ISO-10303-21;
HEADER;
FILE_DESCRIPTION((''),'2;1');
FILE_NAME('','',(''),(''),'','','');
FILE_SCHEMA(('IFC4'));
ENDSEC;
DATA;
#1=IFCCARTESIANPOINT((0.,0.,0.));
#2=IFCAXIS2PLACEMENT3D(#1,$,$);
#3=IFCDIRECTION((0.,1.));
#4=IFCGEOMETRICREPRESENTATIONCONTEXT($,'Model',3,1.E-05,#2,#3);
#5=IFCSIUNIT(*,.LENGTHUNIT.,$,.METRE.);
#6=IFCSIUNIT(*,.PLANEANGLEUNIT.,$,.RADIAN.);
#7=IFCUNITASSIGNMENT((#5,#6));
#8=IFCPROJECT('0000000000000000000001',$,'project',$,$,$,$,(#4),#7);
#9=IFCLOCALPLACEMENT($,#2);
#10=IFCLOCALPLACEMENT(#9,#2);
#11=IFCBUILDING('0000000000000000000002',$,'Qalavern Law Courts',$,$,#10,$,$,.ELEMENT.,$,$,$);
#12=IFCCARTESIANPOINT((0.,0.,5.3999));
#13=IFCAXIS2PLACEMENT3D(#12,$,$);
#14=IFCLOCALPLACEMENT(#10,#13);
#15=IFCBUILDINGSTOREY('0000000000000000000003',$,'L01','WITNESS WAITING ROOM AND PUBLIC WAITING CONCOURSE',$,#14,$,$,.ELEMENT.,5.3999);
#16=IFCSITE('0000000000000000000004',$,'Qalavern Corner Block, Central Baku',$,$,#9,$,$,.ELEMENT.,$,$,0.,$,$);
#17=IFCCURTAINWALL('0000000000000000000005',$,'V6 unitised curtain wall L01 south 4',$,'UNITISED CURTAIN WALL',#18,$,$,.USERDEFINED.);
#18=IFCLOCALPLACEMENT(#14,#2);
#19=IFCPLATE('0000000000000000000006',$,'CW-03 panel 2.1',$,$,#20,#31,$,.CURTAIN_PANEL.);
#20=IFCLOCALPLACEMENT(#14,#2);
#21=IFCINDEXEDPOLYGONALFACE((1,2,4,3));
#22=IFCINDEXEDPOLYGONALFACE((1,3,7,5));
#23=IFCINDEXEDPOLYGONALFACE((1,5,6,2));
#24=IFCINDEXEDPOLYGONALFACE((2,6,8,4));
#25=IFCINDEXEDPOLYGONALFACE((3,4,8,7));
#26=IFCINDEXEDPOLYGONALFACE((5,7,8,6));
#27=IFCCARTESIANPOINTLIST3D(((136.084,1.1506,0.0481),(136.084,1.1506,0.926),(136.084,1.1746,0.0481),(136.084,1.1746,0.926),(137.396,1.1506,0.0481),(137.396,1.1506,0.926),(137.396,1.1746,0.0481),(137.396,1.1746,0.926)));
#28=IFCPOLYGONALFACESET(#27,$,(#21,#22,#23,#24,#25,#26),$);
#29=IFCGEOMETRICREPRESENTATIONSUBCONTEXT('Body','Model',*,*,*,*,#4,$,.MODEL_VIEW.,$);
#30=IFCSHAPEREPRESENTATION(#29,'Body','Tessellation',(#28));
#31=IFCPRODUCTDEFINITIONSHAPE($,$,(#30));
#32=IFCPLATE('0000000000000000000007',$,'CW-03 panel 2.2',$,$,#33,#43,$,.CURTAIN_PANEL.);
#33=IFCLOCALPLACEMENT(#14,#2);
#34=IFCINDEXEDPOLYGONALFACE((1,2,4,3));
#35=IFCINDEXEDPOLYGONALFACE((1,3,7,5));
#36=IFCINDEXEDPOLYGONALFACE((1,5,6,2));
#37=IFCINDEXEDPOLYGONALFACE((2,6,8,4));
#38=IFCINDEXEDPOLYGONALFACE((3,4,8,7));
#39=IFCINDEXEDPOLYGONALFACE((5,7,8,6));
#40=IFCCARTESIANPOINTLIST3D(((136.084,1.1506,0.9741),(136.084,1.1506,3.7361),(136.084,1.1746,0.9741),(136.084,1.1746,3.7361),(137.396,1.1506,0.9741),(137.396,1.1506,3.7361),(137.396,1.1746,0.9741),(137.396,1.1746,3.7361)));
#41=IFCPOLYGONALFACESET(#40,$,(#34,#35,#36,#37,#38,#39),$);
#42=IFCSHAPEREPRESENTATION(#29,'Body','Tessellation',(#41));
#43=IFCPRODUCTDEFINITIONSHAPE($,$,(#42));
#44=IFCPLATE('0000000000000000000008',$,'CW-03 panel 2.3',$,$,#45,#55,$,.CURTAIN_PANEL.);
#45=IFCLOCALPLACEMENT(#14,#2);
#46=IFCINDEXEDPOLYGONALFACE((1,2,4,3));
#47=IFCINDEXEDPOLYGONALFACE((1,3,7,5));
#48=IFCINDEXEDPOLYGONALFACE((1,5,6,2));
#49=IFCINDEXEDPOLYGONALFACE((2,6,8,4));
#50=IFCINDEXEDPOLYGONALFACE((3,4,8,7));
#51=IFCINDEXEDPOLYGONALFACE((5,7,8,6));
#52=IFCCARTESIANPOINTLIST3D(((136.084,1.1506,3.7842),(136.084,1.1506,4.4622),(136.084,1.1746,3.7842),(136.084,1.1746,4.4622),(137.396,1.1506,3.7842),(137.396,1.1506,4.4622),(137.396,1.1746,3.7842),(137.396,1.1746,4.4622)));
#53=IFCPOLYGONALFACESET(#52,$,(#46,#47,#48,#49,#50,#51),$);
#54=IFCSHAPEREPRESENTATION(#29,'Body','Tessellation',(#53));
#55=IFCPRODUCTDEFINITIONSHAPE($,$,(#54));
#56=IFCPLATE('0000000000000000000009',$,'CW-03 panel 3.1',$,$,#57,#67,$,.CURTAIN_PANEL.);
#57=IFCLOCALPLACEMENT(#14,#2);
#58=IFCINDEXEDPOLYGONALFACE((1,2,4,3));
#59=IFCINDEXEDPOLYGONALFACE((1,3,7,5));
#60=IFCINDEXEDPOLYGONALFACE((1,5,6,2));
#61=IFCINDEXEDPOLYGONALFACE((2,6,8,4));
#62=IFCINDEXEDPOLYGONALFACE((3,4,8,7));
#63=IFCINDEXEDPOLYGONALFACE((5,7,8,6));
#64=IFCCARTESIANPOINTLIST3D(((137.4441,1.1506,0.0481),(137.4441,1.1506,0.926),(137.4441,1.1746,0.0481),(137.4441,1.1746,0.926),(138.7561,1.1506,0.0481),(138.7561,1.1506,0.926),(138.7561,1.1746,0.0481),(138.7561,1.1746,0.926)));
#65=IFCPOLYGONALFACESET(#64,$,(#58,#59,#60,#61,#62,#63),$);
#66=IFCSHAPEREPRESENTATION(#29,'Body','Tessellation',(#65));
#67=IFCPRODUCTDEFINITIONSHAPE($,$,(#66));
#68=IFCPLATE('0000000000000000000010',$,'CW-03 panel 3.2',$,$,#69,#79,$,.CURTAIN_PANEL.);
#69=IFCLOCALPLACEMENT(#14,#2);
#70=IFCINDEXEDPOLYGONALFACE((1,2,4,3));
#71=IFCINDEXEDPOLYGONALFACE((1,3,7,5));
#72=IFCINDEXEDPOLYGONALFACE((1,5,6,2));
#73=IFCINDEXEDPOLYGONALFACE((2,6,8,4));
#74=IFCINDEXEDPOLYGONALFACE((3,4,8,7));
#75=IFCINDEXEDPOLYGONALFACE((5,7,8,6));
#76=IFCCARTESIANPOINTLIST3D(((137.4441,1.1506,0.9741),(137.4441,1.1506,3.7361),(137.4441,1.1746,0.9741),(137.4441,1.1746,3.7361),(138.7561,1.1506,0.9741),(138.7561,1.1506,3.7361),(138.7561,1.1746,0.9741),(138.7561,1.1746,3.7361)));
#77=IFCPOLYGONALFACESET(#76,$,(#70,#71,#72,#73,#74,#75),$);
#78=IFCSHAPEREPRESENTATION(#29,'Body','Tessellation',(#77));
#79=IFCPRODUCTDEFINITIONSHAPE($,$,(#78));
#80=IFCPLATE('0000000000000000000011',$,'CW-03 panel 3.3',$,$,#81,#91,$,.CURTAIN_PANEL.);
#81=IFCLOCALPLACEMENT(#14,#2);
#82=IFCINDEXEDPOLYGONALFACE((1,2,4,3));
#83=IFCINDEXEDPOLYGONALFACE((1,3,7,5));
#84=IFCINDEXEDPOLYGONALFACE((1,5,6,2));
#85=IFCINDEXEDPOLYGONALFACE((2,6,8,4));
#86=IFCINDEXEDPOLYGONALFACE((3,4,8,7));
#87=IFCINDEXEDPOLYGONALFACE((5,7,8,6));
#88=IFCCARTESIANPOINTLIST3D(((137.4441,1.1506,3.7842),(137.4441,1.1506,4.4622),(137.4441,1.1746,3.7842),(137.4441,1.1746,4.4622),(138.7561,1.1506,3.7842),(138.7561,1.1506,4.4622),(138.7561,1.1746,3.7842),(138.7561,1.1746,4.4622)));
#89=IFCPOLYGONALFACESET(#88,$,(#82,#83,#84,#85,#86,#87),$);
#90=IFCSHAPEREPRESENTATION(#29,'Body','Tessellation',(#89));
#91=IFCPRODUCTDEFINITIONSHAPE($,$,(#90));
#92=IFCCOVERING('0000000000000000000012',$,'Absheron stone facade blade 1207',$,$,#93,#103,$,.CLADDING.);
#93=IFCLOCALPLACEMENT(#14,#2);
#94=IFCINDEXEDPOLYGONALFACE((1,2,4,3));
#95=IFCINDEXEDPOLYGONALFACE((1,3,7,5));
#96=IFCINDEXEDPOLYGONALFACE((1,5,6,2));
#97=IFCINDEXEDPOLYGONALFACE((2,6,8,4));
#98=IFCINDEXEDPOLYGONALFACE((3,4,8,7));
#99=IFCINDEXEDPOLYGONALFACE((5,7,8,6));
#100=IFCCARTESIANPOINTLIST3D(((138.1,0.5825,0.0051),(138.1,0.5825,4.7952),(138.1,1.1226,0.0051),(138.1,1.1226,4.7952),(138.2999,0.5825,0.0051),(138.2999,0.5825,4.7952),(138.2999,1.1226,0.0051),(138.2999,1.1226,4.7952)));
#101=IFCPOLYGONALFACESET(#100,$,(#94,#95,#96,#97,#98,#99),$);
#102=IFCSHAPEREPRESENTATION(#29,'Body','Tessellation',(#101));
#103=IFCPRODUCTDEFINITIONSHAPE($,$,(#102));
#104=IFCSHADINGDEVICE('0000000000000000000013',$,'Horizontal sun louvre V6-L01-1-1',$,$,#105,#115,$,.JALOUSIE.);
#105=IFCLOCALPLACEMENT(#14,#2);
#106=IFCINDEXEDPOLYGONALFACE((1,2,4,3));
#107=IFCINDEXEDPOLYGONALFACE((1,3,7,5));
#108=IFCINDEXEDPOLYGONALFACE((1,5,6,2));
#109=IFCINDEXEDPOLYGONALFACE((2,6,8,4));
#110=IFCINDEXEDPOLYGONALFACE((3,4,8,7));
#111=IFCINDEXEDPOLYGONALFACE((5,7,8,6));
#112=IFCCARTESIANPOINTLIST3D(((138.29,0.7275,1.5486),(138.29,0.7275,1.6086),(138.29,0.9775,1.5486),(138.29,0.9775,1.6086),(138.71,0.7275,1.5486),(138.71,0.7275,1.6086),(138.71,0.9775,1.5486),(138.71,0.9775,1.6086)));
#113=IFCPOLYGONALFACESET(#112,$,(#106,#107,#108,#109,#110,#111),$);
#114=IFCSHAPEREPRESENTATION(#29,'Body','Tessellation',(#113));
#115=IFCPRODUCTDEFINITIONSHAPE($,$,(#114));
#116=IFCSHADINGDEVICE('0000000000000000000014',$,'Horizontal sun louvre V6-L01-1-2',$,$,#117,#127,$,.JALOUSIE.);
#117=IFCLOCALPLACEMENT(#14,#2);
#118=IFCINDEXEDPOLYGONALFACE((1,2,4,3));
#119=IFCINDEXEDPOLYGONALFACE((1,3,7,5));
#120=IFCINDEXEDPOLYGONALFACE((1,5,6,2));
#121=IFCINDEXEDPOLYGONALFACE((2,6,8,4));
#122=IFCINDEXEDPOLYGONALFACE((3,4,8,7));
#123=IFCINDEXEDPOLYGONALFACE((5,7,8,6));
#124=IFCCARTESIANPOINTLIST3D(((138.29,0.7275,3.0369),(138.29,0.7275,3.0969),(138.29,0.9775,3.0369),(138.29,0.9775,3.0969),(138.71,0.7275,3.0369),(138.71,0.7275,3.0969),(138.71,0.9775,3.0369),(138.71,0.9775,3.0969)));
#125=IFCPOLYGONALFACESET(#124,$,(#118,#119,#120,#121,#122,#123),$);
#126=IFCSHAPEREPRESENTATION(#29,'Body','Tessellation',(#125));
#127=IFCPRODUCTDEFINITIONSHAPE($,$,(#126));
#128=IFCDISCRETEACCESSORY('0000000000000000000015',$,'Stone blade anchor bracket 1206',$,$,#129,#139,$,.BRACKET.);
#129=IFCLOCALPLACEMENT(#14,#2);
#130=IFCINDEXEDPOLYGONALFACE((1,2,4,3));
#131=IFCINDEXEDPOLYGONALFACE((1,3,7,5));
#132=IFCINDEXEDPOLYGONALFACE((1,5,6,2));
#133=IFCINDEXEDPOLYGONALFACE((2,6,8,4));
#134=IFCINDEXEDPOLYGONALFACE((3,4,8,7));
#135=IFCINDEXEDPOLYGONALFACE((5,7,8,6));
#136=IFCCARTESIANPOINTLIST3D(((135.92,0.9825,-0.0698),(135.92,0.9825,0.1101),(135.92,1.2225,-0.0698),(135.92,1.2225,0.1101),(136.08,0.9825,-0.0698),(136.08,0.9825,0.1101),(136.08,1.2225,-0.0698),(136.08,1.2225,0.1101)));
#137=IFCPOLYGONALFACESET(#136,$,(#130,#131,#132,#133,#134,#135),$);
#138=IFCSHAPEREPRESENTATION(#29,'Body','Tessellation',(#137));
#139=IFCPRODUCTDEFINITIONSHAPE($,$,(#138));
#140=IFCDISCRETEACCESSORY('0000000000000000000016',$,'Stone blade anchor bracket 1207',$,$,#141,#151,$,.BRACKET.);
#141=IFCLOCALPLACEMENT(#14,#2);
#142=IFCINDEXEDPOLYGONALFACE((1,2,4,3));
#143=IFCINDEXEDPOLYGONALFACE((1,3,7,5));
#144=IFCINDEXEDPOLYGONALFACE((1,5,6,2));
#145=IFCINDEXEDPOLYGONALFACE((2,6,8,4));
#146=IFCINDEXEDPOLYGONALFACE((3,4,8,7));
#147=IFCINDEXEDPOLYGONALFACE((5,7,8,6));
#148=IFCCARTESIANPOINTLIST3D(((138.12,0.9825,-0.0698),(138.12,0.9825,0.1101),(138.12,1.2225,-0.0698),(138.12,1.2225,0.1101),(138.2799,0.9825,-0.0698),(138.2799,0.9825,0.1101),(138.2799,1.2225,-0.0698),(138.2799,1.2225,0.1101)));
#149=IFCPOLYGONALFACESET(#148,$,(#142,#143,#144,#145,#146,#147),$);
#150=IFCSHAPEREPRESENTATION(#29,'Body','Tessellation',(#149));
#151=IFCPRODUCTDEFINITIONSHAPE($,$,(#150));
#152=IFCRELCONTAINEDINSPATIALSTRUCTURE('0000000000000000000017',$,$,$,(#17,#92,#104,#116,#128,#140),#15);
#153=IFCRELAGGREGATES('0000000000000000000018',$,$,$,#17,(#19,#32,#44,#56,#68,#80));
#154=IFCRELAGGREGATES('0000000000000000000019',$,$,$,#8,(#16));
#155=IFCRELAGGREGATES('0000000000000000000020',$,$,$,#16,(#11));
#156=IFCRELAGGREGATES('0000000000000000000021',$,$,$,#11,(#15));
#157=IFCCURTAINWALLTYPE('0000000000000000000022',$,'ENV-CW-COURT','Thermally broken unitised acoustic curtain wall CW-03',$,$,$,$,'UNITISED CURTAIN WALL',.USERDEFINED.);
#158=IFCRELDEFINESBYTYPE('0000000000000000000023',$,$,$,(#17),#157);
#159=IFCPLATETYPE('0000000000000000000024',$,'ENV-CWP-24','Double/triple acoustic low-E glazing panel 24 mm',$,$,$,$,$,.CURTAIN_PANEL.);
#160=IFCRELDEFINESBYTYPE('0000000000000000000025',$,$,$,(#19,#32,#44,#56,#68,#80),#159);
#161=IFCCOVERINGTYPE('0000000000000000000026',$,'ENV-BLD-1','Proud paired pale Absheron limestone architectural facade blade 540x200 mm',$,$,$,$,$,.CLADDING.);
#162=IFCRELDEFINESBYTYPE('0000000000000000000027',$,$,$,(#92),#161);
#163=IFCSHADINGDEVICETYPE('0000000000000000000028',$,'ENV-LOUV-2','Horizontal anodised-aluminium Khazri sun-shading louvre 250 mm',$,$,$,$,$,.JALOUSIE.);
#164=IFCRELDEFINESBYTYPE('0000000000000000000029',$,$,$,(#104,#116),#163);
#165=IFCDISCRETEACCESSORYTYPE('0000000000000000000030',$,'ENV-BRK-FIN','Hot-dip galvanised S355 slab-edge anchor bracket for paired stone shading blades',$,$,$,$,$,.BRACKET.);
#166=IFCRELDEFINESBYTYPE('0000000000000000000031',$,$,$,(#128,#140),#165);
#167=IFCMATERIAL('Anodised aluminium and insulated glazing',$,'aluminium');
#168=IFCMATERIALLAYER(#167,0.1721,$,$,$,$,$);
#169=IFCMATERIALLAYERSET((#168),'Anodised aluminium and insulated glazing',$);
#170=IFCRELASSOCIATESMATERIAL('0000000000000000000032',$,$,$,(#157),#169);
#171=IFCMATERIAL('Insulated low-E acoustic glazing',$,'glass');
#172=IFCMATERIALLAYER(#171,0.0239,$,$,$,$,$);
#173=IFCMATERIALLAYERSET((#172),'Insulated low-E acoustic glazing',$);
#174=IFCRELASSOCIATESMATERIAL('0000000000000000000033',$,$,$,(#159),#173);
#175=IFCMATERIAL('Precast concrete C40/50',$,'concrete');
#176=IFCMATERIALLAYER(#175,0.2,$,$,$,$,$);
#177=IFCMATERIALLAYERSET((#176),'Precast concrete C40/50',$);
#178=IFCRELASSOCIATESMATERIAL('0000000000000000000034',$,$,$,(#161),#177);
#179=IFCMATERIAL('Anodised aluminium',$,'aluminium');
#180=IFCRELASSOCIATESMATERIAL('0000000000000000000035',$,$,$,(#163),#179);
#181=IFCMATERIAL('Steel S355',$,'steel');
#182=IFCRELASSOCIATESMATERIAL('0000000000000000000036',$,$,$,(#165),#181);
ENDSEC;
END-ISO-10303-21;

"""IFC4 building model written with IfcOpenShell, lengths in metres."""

from ifc_helpers import new_model, si_unit, direction, frame, origin, origin_2d, place, context, subcontext, project, spatial, rectangle, extrude, material, layer, layer_set, type_object, element, aggregate, save


model = new_model("IFC4")

# Units and contexts
model_context = context("Model", 3, precision=1e-05, world=origin(), true_north=direction((0.0, 1.0)))
body_context = subcontext(model_context, "Body", "Model", "MODEL_VIEW")
ifc_project = project(units=[si_unit("LENGTHUNIT", "METRE"), si_unit("PLANEANGLEUNIT", "RADIAN")], contexts=[model_context])

# Site, building, storey
site_placement = place(None, origin())
site = spatial("IfcSite", under=ifc_project, at=site_placement, Name="Qalavern Corner Block, Central Baku", CompositionType="ELEMENT", RefElevation=0.0)
building_placement = place(site_placement, origin())
building = spatial("IfcBuilding", under=site, at=building_placement, Name="Qalavern Law Courts", CompositionType="ELEMENT")
storey_placement = place(building_placement, frame((0.0, 0.0, 5.3999)))
storey = spatial("IfcBuildingStorey", under=building, at=storey_placement, Name="L01", Description="WITNESS WAITING ROOM AND PUBLIC WAITING CONCOURSE", CompositionType="ELEMENT", Elevation=5.3999)

# Curtain wall, plates
ifc_material_1 = material(Name="Anodised aluminium and insulated glazing", Category="aluminium")
ifc_layer_1 = layer(ifc_material_1, 0.1721)
ifc_layer_set_1 = layer_set([ifc_layer_1], Name="Anodised aluminium and insulated glazing")
curtain_wall_type = type_object("IfcCurtainWallType", Name="ENV-CW-COURT", Description="Thermally broken unitised acoustic curtain wall CW-03", ElementType="UNITISED CURTAIN WALL", PredefinedType="USERDEFINED", material=ifc_layer_set_1)
curtain_wall_placement = place(storey_placement, origin())
curtain_wall = element("IfcCurtainWall", 1, at=curtain_wall_placement, inside=storey, type_object=curtain_wall_type, Name="V6 unitised curtain wall L01 south 4", ObjectType="UNITISED CURTAIN WALL", PredefinedType="USERDEFINED")
ifc_material_2 = material(Name="Anodised aluminium", Category="aluminium")
ifc_material_3 = material(Name="Insulated low-E acoustic glazing", Category="glass")
ifc_layer_2 = layer(ifc_material_3, 0.0239)
ifc_layer_set_2 = layer_set([ifc_layer_2], Name="Insulated low-E acoustic glazing")
plate_type = type_object("IfcPlateType", Name="ENV-CWP-24", Description="Double/triple acoustic low-E glazing panel 24 mm", PredefinedType="CURTAIN_PANEL", material=ifc_layer_set_2)
plate_1_placement = place(storey_placement, frame((136.74, 1.1626, 0.0481), z_axis=(0.0, 0.0, 1.0), x_axis=(1.0, 0.0, 0.0)))
plate_1 = element("IfcPlate", 2, at=plate_1_placement, type_object=plate_type, Name="CW-03 panel 2.1", PredefinedType="CURTAIN_PANEL", context=body_context, shape_type="SweptSolid", body=[
    extrude(rectangle(XDim=1.312, YDim=0.0239, at=origin_2d()), origin(), (0.0, 0.0, 1.0), 0.8779),
])
plate_2_placement = place(storey_placement, frame((136.74, 1.1626, 0.9741), z_axis=(0.0, 0.0, 1.0), x_axis=(1.0, 0.0, 0.0)))
plate_2 = element("IfcPlate", 3, at=plate_2_placement, type_object=plate_type, Name="CW-03 panel 2.2", PredefinedType="CURTAIN_PANEL", context=body_context, shape_type="SweptSolid", body=[
    extrude(rectangle(XDim=1.312, YDim=0.0239, at=origin_2d()), origin(), (0.0, 0.0, 1.0), 2.762),
])
plate_3_placement = place(storey_placement, frame((136.74, 1.1626, 3.7842), z_axis=(0.0, 0.0, 1.0), x_axis=(1.0, 0.0, 0.0)))
plate_3 = element("IfcPlate", 4, at=plate_3_placement, type_object=plate_type, Name="CW-03 panel 2.3", PredefinedType="CURTAIN_PANEL", context=body_context, shape_type="SweptSolid", body=[
    extrude(rectangle(XDim=1.312, YDim=0.0239, at=origin_2d()), origin(), (0.0, 0.0, 1.0), 0.678),
])
plate_4_placement = place(storey_placement, frame((138.1001, 1.1626, 0.0481), z_axis=(0.0, 0.0, 1.0), x_axis=(1.0, 0.0, 0.0)))
plate_4 = element("IfcPlate", 5, at=plate_4_placement, type_object=plate_type, Name="CW-03 panel 3.1", PredefinedType="CURTAIN_PANEL", context=body_context, shape_type="SweptSolid", body=[
    extrude(rectangle(XDim=1.312, YDim=0.0239, at=origin_2d()), origin(), (0.0, 0.0, 1.0), 0.8779),
])
plate_5_placement = place(storey_placement, frame((138.1001, 1.1626, 0.9741), z_axis=(0.0, 0.0, 1.0), x_axis=(1.0, 0.0, 0.0)))
plate_5 = element("IfcPlate", 6, at=plate_5_placement, type_object=plate_type, Name="CW-03 panel 3.2", PredefinedType="CURTAIN_PANEL", context=body_context, shape_type="SweptSolid", body=[
    extrude(rectangle(XDim=1.312, YDim=0.0239, at=origin_2d()), origin(), (0.0, 0.0, 1.0), 2.762),
])
plate_6_placement = place(storey_placement, frame((138.1001, 1.1626, 3.7842), z_axis=(0.0, 0.0, 1.0), x_axis=(1.0, 0.0, 0.0)))
plate_6 = element("IfcPlate", 7, at=plate_6_placement, type_object=plate_type, Name="CW-03 panel 3.3", PredefinedType="CURTAIN_PANEL", context=body_context, shape_type="SweptSolid", body=[
    extrude(rectangle(XDim=1.312, YDim=0.0239, at=origin_2d()), origin(), (0.0, 0.0, 1.0), 0.678),
])
aggregate(curtain_wall, [plate_1, plate_2, plate_3, plate_4, plate_5, plate_6])

# Covering
ifc_material_4 = material(Name="Precast concrete C40/50", Category="concrete")
ifc_layer_3 = layer(ifc_material_4, 0.2)
ifc_layer_set_3 = layer_set([ifc_layer_3], Name="Precast concrete C40/50")
covering_type = type_object("IfcCoveringType", Name="ENV-BLD-1", Description="Proud paired pale Absheron limestone architectural facade blade 540x200 mm", PredefinedType="CLADDING", material=ifc_layer_set_3)
covering_placement = place(storey_placement, frame((138.2, 0.8525, 0.0051), z_axis=(0.0, 0.0, 1.0), x_axis=(0.0, -1.0, 0.0)))
element("IfcCovering", 8, at=covering_placement, inside=storey, type_object=covering_type, Name="Absheron stone facade blade 1207", PredefinedType="CLADDING", context=body_context, shape_type="SweptSolid", body=[
    extrude(rectangle(XDim=0.54, YDim=0.2, at=origin_2d()), origin(), (0.0, 0.0, 1.0), 4.79),
])

# Shading devices
shading_device_type = type_object("IfcShadingDeviceType", Name="ENV-LOUV-2", Description="Horizontal anodised-aluminium Khazri sun-shading louvre 250 mm", PredefinedType="JALOUSIE", material=ifc_material_2)
for number, where, z_axis, x_axis, name in (
    (9, (138.5, 0.8525, 1.5486), (0.0, 0.0, 1.0), (1.0, 0.0, 0.0), "Horizontal sun louvre V6-L01-1-1"),
    (10, (138.5, 0.8525, 3.0369), (0.0, 0.0, 1.0), (1.0, 0.0, 0.0), "Horizontal sun louvre V6-L01-1-2"),
):
    element("IfcShadingDevice", number, at=place(storey_placement, frame(where, z_axis=z_axis, x_axis=x_axis)), inside=storey, type_object=shading_device_type, Name=name, PredefinedType="JALOUSIE", context=body_context, shape_type="SweptSolid", body=[
        extrude(rectangle(XDim=0.4199, YDim=0.25, at=origin_2d()), origin(), (0.0, 0.0, 1.0), 0.0601),
    ])

# Discrete accessories
ifc_material_5 = material(Name="Steel S355", Category="steel")
discrete_accessory_type = type_object("IfcDiscreteAccessoryType", Name="ENV-BRK-FIN", Description="Hot-dip galvanised S355 slab-edge anchor bracket for paired stone shading blades", PredefinedType="BRACKET", material=ifc_material_5)
for number, where, z_axis, x_axis, name in (
    (11, (136.0, 1.1025, -0.0698), (0.0, 0.0, 1.0), (0.0, -1.0, 0.0), "Stone blade anchor bracket 1206"),
    (12, (138.2, 1.1025, -0.0698), (0.0, 0.0, 1.0), (0.0, -1.0, 0.0), "Stone blade anchor bracket 1207"),
):
    element("IfcDiscreteAccessory", number, at=place(storey_placement, frame(where, z_axis=z_axis, x_axis=x_axis)), inside=storey, type_object=discrete_accessory_type, Name=name, PredefinedType="BRACKET", context=body_context, shape_type="SweptSolid", body=[
        extrude(rectangle(XDim=0.24, YDim=0.1599, at=origin_2d()), origin(), (0.0, 0.0, 1.0), 0.1799),
    ])

save(model, "model.ifc")
